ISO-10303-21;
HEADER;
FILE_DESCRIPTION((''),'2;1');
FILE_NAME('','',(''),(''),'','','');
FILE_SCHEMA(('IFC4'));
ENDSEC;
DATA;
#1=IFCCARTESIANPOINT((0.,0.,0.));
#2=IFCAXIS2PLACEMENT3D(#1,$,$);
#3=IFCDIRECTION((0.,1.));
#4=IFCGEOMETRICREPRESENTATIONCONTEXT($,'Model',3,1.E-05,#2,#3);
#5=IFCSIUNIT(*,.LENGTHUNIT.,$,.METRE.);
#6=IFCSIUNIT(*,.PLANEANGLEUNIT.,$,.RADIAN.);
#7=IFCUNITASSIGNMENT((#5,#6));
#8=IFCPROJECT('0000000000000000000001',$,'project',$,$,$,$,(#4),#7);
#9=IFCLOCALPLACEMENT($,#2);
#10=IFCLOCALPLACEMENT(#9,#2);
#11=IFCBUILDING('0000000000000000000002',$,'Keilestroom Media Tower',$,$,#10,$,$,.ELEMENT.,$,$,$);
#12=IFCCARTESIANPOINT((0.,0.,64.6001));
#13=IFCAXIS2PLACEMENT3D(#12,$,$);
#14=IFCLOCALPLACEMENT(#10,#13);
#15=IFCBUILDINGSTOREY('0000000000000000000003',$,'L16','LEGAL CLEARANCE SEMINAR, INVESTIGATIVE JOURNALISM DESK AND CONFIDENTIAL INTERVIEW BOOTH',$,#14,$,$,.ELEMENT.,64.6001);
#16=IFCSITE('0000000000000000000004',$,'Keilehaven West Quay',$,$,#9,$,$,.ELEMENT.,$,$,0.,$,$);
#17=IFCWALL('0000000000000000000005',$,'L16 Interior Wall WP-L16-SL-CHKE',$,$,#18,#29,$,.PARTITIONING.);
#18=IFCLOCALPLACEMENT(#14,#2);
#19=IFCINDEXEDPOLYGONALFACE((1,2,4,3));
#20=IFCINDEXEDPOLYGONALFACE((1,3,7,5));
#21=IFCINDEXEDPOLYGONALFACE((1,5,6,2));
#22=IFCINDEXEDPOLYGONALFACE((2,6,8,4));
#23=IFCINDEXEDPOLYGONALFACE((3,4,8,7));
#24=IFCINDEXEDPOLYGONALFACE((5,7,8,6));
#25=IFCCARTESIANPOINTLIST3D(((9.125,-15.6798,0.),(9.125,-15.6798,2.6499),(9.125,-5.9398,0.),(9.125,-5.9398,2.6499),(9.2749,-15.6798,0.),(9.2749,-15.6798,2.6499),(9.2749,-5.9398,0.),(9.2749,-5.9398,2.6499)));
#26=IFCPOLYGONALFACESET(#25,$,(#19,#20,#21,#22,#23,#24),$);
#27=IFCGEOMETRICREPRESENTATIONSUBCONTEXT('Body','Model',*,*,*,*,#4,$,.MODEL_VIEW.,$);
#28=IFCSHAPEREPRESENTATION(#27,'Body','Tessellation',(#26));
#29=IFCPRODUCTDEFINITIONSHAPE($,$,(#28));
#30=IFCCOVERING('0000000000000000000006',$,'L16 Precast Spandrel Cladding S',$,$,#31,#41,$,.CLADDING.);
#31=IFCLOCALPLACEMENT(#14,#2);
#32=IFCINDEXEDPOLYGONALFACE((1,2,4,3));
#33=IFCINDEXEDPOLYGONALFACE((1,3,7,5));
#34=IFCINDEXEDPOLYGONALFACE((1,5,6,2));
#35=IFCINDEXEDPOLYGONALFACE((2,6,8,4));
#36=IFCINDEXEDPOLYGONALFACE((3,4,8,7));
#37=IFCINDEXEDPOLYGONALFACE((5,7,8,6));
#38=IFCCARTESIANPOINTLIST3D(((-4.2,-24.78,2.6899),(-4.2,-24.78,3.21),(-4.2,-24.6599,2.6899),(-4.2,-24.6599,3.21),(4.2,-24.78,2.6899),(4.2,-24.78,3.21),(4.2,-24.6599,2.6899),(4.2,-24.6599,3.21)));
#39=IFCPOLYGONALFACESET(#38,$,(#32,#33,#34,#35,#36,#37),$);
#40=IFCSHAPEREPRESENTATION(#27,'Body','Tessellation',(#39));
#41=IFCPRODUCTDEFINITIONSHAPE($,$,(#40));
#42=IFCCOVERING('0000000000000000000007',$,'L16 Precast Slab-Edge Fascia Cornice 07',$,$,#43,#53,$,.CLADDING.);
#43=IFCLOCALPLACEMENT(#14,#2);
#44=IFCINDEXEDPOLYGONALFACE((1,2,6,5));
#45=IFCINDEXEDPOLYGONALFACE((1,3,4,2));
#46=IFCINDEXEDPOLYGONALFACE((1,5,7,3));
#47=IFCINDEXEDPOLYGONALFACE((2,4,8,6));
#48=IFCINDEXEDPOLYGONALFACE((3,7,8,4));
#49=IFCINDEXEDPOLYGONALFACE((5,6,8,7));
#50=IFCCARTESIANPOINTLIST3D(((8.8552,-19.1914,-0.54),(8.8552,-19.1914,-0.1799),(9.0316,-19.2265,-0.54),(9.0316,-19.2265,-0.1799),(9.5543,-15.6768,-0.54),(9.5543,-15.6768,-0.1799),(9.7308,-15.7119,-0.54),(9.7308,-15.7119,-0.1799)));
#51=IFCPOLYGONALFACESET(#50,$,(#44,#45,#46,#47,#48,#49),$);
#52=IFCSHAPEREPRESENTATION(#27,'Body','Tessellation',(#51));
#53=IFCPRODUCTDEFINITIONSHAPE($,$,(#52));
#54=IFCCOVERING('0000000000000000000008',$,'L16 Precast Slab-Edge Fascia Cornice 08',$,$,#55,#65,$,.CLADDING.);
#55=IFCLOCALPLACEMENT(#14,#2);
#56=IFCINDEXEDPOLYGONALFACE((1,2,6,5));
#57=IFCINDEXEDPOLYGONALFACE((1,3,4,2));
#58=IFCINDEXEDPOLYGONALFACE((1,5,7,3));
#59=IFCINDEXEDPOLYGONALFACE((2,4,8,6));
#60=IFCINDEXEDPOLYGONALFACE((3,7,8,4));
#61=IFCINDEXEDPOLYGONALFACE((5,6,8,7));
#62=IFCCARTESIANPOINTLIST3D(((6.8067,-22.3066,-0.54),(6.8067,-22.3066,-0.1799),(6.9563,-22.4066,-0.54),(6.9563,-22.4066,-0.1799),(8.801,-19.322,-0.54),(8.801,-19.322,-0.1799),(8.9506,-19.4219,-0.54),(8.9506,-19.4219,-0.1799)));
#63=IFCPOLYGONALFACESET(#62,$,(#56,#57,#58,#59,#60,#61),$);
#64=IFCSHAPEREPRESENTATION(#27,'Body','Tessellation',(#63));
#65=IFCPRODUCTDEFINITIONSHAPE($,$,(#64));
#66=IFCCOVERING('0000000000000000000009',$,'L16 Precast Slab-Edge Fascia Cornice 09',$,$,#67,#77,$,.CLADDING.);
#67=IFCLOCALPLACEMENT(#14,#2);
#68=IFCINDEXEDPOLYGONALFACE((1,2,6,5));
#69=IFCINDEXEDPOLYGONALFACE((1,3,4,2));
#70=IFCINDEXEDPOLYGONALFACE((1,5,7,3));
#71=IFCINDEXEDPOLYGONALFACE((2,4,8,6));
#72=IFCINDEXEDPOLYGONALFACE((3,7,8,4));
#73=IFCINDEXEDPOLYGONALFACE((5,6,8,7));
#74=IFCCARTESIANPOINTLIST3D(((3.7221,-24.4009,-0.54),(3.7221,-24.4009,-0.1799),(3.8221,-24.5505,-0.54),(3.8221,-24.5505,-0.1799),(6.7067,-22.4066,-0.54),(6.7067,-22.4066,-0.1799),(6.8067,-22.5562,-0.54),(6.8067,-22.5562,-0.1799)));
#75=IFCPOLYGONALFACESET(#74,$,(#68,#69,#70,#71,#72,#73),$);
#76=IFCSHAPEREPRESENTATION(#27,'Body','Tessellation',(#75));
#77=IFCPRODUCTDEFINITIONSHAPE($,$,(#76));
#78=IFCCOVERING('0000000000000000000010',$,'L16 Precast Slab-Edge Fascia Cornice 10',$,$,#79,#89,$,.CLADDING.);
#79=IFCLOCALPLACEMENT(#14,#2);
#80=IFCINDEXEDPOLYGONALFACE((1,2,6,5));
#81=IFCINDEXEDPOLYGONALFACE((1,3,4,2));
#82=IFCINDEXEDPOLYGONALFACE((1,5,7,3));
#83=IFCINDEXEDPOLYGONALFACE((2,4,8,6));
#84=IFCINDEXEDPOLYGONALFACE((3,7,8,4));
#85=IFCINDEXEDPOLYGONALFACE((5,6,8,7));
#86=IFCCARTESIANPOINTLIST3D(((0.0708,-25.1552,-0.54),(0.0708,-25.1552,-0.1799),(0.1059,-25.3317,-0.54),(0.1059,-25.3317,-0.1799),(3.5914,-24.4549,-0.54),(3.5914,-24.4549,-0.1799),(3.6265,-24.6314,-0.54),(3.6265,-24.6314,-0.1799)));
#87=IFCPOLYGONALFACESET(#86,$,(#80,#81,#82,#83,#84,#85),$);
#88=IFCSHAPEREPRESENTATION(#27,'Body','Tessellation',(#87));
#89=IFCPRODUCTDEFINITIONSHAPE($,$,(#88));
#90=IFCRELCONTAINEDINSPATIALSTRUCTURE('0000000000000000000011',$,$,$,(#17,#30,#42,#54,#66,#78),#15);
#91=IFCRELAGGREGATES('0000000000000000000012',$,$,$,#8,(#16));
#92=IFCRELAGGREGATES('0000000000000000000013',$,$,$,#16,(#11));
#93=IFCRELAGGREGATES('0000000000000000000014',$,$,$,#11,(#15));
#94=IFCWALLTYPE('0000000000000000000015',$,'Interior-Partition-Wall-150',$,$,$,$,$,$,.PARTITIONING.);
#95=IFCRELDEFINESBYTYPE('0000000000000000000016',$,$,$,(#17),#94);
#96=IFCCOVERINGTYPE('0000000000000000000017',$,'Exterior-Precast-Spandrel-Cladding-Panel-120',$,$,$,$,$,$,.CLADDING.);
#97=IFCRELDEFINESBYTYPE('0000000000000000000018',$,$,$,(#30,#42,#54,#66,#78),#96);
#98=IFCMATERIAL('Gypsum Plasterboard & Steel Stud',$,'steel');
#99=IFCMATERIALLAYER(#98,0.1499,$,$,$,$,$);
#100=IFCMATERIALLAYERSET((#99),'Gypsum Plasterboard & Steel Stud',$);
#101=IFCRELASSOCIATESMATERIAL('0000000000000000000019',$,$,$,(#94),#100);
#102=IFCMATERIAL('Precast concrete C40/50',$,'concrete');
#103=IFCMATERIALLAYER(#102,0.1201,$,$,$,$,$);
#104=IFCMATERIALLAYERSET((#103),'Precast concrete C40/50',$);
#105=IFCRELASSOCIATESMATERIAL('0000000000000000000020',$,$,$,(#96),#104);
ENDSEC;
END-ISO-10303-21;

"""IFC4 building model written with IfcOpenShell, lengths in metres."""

from ifc_helpers import new_model, si_unit, direction, frame, frame_2d, origin, origin_2d, place, context, subcontext, project, spatial, rectangle, extrude, source, transform, mapped, material, layer, layer_set, type_object, element, save


model = new_model("IFC4")

# Units and contexts
model_context = context("Model", 3, precision=1e-05, world=origin(), true_north=direction((0.0, 1.0)))
body_context = subcontext(model_context, "Body", "Model", "MODEL_VIEW")
ifc_project = project(units=[si_unit("LENGTHUNIT", "METRE"), si_unit("PLANEANGLEUNIT", "RADIAN")], contexts=[model_context])

# Site, building, storey
site_placement = place(None, origin())
site = spatial("IfcSite", under=ifc_project, at=site_placement, Name="Keilehaven West Quay", CompositionType="ELEMENT", RefElevation=0.0)
building_placement = place(site_placement, origin())
building = spatial("IfcBuilding", under=site, at=building_placement, Name="Keilestroom Media Tower", CompositionType="ELEMENT")
storey_placement = place(building_placement, frame((0.0, 0.0, 64.6001)))
storey = spatial("IfcBuildingStorey", under=building, at=storey_placement, Name="L16", Description="LEGAL CLEARANCE SEMINAR, INVESTIGATIVE JOURNALISM DESK AND CONFIDENTIAL INTERVIEW BOOTH", CompositionType="ELEMENT", Elevation=64.6001)

# Wall
ifc_material_1 = material(Name="Precast concrete C40/50", Category="concrete")
ifc_material_2 = material(Name="Gypsum Plasterboard & Steel Stud", Category="steel")
ifc_layer_1 = layer(ifc_material_2, 0.1499)
ifc_layer_set_1 = layer_set([ifc_layer_1], Name="Gypsum Plasterboard & Steel Stud")
wall_type_1 = type_object("IfcWallType", Name="Interior-Partition-Wall-150", PredefinedType="PARTITIONING", material=ifc_layer_set_1)
wall_1_placement = place(storey_placement, frame((9.2, -15.6799, 0.0), z_axis=(0.0, 0.0, 1.0), x_axis=(0.0, 1.0, 0.0)))
element("IfcWall", 1, at=wall_1_placement, inside=storey, type_object=wall_type_1, Name="L16 Interior Wall WP-L16-SL-CHKE", PredefinedType="PARTITIONING", context=body_context, shape_type="SweptSolid", body=[
    extrude(rectangle(XDim=9.74, YDim=0.1499, at=frame_2d((4.8701, 0.0))), origin(), (0.0, 0.0, 1.0), 2.6499),
])

# Coverings
ifc_layer_2 = layer(ifc_material_1, 0.1201)
ifc_layer_set_2 = layer_set([ifc_layer_2], Name="Precast concrete C40/50")
covering_type = type_object("IfcCoveringType", Name="Exterior-Precast-Spandrel-Cladding-Panel-120", PredefinedType="CLADDING", material=ifc_layer_set_2)
shared_shape_1 = source(origin(), body_context, "Body", "SweptSolid", [
    extrude(rectangle(XDim=8.3999, YDim=0.1201, at=origin_2d()), origin(), (0.0, 0.0, 1.0), 0.52),
])
covering_1_placement = place(storey_placement, frame((0.0, -24.72, 2.6899), z_axis=(0.0, 0.0, 1.0), x_axis=(1.0, 0.0, 0.0)))
element("IfcCovering", 2, at=covering_1_placement, inside=storey, type_object=covering_type, Name="L16 Precast Spandrel Cladding S", PredefinedType="CLADDING", context=body_context, shape_type="MappedRepresentation", body=[
    mapped(shared_shape_1, transform((0.0, 0.0, 0.0), x_axis=(1.0, 0.0, 0.0), y_axis=(0.0, 1.0, 0.0), z_axis=(0.0, 0.0, 1.0), scale=1.0)),
])
shared_shape_2 = source(origin(), body_context, "Body", "SweptSolid", [
    extrude(rectangle(XDim=3.5835, YDim=0.1799, at=origin_2d()), origin(), (0.0, 0.0, 1.0), 0.3601),
])
covering_2_placement = place(storey_placement, frame((9.293, -17.4517, -0.54), z_axis=(0.0, 0.0, 1.0), x_axis=(-0.195099, -0.980784, 0.0)))
element("IfcCovering", 3, at=covering_2_placement, inside=storey, type_object=covering_type, Name="L16 Precast Slab-Edge Fascia Cornice 07", PredefinedType="CLADDING", context=body_context, shape_type="MappedRepresentation", body=[
    mapped(shared_shape_2, transform((0.0, 0.0, 0.0), x_axis=(1.0, 0.0, 0.0), y_axis=(0.0, 1.0, 0.0), z_axis=(0.0, 0.0, 1.0), scale=1.0)),
])
shared_shape_3 = source(origin(), body_context, "Body", "SweptSolid", [
    extrude(rectangle(XDim=3.5896, YDim=0.1799, at=origin_2d()), origin(), (0.0, 0.0, 1.0), 0.3601),
])
for number, where, z_axis, x_axis, name in (
    (4, (7.8787, -20.8643, -0.54), (0.0, 0.0, 1.0), (-0.555575, -0.831467, 0.0), "L16 Precast Slab-Edge Fascia Cornice 08"),
    (5, (5.2644, -23.4785, -0.54), (0.0, 0.0, 1.0), (-0.831467, -0.555575, 0.0), "L16 Precast Slab-Edge Fascia Cornice 09"),
    (6, (1.8486, -24.8933, -0.54), (0.0, 0.0, 1.0), (-0.980784, -0.195099, 0.0), "L16 Precast Slab-Edge Fascia Cornice 10"),
):
    element("IfcCovering", number, at=place(storey_placement, frame(where, z_axis=z_axis, x_axis=x_axis)), inside=storey, type_object=covering_type, Name=name, PredefinedType="CLADDING", context=body_context, shape_type="MappedRepresentation", body=[
        mapped(shared_shape_3, transform((0.0, 0.0, 0.0), x_axis=(1.0, 0.0, 0.0), y_axis=(0.0, 1.0, 0.0), z_axis=(0.0, 0.0, 1.0), scale=1.0)),
    ])

save(model, "model.ifc")
